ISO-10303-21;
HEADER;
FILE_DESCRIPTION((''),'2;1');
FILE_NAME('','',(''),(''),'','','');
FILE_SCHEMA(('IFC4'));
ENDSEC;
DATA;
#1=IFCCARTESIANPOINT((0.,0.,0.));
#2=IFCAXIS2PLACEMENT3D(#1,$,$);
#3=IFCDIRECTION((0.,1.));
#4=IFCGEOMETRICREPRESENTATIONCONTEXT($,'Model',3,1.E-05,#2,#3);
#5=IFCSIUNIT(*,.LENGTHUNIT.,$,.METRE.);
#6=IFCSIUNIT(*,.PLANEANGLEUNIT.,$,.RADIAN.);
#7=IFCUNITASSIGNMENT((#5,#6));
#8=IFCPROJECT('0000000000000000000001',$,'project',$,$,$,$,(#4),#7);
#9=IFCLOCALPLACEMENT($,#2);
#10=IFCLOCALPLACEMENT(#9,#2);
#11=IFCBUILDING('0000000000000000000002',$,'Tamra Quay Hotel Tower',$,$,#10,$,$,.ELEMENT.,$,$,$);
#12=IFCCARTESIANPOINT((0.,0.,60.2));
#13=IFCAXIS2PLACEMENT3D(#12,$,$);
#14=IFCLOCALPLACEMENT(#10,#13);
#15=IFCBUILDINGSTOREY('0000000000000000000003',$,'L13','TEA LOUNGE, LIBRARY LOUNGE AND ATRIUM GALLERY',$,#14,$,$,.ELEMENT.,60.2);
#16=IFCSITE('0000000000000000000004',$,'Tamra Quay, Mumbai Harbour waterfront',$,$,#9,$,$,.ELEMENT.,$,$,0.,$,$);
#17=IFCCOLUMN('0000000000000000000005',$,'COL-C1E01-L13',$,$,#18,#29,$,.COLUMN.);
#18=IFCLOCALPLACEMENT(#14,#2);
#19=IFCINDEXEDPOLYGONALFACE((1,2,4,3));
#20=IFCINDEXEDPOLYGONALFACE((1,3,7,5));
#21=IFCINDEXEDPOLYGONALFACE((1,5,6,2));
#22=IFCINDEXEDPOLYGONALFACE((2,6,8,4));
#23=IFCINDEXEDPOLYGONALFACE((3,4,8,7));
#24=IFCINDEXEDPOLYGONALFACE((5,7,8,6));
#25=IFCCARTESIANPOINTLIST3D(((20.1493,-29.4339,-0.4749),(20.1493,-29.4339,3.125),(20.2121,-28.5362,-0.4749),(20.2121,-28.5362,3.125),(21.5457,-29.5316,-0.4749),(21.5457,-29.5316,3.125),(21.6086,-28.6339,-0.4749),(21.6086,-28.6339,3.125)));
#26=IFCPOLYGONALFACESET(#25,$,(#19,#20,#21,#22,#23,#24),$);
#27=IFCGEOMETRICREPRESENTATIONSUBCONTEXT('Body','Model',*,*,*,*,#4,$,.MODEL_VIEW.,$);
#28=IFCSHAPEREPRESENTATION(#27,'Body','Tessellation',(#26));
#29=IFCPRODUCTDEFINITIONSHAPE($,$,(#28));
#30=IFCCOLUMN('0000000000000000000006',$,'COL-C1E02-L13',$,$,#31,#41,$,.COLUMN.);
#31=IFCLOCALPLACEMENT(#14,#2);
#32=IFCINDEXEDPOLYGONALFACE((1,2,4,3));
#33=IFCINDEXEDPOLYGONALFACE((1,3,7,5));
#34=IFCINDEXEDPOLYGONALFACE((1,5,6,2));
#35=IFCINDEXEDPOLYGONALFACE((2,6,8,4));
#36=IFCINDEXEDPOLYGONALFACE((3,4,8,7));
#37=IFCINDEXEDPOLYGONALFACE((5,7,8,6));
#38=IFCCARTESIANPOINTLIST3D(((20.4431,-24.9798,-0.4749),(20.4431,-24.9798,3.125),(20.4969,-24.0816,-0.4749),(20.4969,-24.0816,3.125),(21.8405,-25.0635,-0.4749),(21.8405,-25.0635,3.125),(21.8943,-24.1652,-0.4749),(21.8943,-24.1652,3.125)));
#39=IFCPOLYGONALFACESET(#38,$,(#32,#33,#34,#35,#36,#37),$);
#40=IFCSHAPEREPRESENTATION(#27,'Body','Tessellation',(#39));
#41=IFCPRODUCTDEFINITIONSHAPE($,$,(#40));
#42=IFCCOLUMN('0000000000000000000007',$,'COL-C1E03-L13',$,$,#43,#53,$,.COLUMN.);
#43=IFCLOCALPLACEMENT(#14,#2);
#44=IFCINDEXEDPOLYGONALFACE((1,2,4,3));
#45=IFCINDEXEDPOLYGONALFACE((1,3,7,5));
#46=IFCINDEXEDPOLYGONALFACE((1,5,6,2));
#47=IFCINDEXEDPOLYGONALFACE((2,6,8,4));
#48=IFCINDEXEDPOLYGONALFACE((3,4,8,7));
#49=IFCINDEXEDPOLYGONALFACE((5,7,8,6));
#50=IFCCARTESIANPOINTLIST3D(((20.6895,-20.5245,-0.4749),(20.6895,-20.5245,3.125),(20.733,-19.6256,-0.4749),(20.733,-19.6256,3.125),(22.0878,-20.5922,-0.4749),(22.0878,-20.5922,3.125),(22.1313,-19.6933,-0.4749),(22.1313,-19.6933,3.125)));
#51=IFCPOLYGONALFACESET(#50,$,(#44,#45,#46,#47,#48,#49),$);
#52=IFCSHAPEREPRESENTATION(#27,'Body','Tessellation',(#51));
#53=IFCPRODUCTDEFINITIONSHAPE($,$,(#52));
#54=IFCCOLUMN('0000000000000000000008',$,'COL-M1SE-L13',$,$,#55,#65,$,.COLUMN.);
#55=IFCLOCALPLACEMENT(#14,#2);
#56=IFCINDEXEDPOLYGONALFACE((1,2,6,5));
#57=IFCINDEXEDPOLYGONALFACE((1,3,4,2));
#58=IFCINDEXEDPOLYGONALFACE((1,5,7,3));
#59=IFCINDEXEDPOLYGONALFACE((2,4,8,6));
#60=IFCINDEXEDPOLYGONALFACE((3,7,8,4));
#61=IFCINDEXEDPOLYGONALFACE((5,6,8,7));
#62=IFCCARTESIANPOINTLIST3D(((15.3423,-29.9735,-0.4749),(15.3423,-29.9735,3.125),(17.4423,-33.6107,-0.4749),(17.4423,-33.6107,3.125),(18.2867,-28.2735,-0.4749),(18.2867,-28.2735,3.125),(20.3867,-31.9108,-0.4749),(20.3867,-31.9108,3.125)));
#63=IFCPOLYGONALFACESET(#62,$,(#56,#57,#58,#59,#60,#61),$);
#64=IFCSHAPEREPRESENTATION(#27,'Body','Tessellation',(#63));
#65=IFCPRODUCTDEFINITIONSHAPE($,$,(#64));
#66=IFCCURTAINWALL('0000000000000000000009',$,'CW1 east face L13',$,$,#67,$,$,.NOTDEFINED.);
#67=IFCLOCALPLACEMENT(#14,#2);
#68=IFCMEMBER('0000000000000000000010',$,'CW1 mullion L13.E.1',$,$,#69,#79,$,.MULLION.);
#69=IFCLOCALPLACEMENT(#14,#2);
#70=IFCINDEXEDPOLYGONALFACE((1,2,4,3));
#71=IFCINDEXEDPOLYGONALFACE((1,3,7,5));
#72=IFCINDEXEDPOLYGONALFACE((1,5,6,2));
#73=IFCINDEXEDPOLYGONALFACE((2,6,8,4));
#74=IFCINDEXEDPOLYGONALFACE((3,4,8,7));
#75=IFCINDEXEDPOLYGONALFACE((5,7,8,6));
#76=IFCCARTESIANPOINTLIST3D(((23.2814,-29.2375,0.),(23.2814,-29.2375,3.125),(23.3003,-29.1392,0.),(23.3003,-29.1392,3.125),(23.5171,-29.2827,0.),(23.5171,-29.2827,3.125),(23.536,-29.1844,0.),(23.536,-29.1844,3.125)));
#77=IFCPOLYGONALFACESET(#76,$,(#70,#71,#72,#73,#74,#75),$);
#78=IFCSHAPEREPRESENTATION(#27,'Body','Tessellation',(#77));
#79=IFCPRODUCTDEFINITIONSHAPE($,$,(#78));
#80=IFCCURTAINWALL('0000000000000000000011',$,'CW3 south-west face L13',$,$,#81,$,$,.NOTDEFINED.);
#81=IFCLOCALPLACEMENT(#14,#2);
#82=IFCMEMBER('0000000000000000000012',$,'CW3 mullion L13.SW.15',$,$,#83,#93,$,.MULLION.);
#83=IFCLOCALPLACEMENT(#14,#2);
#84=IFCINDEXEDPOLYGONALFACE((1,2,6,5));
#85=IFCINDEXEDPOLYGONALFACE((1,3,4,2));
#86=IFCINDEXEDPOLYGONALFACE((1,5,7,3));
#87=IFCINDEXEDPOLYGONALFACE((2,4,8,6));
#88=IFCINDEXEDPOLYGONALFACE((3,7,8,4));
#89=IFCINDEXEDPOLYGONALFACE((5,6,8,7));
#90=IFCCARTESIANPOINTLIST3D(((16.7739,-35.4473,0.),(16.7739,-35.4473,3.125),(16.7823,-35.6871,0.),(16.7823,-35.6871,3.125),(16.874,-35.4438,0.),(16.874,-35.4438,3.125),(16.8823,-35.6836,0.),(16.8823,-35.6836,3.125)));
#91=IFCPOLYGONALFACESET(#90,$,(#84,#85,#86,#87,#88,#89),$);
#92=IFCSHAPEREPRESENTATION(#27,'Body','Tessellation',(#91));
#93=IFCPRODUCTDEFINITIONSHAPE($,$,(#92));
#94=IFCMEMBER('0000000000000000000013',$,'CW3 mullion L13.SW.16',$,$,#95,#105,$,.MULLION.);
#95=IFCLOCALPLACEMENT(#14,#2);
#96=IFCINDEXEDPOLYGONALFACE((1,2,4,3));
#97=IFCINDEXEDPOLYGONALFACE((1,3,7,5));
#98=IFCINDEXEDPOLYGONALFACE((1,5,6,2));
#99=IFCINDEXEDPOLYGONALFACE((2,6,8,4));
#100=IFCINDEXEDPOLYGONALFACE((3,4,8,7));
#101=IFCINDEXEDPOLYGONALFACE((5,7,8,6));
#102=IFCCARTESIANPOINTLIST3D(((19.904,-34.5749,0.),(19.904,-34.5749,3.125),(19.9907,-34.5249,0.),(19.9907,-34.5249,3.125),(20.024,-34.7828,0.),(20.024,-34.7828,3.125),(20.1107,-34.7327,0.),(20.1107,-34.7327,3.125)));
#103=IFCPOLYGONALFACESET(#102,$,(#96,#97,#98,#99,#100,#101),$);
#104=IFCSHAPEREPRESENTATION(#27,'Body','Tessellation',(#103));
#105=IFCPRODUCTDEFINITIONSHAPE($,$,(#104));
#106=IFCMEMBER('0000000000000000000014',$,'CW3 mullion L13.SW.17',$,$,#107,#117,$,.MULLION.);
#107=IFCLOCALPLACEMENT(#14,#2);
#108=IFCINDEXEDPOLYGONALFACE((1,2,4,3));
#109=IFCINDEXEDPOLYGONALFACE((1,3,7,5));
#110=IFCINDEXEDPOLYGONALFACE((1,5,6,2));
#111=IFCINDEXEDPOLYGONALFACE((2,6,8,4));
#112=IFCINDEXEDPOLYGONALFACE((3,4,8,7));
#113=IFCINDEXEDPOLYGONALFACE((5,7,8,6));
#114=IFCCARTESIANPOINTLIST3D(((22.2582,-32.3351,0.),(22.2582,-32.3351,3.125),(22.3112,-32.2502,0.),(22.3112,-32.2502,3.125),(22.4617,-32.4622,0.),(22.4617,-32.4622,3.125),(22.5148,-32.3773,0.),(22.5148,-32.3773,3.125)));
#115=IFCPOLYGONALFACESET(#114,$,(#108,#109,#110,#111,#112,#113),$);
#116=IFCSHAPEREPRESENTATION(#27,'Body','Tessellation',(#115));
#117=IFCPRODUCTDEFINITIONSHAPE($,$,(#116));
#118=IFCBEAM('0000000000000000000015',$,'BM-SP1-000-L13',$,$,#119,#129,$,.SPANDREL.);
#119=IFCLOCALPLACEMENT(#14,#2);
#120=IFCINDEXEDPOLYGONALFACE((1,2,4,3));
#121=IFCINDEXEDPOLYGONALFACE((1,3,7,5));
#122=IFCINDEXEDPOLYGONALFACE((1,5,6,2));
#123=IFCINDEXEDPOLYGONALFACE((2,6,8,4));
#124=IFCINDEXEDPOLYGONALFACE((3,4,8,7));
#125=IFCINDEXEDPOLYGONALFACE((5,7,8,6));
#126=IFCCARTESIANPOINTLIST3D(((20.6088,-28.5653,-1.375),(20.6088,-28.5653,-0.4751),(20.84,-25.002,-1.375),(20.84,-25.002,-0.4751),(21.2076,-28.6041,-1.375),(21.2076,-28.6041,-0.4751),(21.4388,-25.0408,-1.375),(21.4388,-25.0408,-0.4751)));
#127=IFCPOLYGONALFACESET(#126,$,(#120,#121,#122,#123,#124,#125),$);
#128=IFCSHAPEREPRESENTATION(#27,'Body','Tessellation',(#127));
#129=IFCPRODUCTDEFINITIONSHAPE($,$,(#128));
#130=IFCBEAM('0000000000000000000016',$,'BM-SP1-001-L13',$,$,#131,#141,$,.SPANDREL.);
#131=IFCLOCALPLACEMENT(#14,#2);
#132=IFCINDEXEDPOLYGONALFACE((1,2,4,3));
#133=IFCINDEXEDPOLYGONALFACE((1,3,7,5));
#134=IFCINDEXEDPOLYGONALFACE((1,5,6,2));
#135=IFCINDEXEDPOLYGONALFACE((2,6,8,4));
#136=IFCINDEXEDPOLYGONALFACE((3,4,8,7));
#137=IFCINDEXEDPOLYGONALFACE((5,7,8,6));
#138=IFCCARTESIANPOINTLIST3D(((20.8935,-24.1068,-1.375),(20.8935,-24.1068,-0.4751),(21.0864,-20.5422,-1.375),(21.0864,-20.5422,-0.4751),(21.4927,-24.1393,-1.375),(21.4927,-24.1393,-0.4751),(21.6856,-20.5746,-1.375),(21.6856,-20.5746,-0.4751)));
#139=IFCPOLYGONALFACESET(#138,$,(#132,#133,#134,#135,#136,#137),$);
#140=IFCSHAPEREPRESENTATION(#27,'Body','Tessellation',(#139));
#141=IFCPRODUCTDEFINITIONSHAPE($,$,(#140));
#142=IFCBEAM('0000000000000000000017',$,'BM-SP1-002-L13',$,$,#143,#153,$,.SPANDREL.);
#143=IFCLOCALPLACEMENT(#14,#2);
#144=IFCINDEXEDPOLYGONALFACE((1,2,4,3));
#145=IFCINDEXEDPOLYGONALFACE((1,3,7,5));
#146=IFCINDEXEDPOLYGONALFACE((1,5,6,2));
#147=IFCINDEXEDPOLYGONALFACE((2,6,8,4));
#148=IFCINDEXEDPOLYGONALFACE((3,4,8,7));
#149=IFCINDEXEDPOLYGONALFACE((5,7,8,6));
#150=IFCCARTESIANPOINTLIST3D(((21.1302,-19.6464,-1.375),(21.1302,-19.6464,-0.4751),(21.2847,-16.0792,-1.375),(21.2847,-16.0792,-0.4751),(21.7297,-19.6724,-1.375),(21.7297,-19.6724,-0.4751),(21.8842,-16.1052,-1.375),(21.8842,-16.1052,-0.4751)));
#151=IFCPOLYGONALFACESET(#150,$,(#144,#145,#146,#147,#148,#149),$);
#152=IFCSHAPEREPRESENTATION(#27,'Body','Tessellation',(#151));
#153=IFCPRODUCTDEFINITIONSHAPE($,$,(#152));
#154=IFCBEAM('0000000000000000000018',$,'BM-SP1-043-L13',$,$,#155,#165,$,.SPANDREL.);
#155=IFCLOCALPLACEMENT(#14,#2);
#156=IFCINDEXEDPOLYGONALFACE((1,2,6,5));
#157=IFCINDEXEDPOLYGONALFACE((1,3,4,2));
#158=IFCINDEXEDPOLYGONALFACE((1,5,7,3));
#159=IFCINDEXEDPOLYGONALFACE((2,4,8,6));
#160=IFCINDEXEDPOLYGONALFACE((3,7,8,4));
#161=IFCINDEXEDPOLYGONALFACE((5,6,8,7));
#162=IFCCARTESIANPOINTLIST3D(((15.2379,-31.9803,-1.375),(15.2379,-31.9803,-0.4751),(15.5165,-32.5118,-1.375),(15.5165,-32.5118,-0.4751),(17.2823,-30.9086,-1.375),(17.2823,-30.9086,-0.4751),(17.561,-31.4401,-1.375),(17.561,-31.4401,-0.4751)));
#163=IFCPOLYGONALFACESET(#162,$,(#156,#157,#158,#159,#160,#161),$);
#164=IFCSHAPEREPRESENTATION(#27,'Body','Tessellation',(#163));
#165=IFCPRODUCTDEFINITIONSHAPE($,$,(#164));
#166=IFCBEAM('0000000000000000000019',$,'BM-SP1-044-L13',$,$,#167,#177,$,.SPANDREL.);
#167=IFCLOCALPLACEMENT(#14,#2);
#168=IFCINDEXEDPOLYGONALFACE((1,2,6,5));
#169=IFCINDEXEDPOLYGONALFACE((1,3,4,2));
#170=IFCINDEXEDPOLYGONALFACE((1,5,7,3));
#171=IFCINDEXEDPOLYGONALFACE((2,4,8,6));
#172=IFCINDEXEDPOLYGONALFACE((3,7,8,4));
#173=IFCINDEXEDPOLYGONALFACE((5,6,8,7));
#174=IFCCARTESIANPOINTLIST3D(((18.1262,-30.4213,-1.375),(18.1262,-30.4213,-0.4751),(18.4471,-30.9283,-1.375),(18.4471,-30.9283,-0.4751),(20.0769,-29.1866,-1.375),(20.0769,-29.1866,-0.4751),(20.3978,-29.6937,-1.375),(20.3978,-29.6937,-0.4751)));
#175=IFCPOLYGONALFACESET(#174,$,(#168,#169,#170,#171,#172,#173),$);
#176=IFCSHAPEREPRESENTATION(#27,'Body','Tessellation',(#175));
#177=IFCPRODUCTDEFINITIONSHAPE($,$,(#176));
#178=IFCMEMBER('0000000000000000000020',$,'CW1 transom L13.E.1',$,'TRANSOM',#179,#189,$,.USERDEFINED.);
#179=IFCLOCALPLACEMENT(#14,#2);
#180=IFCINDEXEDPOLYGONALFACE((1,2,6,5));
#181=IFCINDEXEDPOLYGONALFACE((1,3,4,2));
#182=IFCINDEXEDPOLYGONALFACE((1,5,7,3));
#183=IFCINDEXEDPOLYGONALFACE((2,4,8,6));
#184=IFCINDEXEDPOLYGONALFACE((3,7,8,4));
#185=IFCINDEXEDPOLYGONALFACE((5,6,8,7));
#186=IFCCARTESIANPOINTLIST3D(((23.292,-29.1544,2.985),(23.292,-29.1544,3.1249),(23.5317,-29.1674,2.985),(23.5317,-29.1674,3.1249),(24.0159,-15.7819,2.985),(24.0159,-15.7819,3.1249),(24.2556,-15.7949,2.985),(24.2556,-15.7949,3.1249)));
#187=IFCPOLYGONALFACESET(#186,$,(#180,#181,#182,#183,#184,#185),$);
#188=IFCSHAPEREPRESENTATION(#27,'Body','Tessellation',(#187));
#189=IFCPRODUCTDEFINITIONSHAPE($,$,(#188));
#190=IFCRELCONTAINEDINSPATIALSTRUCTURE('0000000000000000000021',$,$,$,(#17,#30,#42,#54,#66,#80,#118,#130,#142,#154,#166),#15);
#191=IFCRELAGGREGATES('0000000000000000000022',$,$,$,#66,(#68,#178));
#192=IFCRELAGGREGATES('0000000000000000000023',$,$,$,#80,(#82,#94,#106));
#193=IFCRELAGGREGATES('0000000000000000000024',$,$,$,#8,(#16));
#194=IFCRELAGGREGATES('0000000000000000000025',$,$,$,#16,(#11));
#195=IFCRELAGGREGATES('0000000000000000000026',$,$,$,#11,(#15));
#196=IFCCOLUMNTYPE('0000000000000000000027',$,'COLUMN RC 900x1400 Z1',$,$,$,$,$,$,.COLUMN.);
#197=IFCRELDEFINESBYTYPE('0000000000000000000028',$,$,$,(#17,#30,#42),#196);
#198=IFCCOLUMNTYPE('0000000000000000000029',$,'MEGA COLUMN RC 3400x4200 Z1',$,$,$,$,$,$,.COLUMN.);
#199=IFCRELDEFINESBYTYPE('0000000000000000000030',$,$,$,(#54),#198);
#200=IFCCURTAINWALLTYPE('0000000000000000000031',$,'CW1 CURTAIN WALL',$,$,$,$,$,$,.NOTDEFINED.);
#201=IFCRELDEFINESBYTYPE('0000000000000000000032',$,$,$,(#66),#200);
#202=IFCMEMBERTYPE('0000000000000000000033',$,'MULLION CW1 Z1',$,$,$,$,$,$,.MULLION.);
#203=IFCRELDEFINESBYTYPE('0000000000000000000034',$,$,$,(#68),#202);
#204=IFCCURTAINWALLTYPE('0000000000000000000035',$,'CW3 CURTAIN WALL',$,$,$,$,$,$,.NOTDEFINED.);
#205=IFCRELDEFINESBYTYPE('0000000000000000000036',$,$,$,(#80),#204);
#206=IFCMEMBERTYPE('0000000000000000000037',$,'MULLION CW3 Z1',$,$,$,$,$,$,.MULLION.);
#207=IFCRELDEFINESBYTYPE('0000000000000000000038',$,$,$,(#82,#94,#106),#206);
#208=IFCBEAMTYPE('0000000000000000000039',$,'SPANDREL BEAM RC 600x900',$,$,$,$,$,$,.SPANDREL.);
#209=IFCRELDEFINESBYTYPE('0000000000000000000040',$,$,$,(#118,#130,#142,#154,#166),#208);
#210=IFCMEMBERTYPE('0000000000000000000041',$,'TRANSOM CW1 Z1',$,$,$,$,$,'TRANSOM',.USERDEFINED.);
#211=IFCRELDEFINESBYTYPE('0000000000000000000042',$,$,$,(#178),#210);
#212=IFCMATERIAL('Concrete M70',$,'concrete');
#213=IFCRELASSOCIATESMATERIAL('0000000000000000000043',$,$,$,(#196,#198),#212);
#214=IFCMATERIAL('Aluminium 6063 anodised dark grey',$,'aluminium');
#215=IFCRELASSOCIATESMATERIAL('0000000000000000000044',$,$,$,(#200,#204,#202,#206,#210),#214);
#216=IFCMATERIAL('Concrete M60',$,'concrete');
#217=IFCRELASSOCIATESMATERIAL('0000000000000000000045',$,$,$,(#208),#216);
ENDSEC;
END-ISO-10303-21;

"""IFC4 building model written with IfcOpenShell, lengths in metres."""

from ifc_helpers import new_model, si_unit, direction, frame, origin, origin_2d, place, context, subcontext, project, spatial, rectangle, extrude, material, material_profile, profile_set, type_object, element, aggregate, save


model = new_model("IFC4")

# Units and contexts
model_context = context("Model", 3, precision=1e-05, world=origin(), true_north=direction((0.0, 1.0)))
body_context = subcontext(model_context, "Body", "Model", "MODEL_VIEW")
ifc_project = project(units=[si_unit("LENGTHUNIT", "METRE"), si_unit("PLANEANGLEUNIT", "RADIAN")], contexts=[model_context])

# Site, building, storey
site_placement = place(None, origin())
site = spatial("IfcSite", under=ifc_project, at=site_placement, Name="Tamra Quay, Mumbai Harbour waterfront", CompositionType="ELEMENT", RefElevation=0.0)
building_placement = place(site_placement, origin())
building = spatial("IfcBuilding", under=site, at=building_placement, Name="Tamra Quay Hotel Tower", CompositionType="ELEMENT")
storey_placement = place(building_placement, frame((0.0, 0.0, 60.2)))
storey = spatial("IfcBuildingStorey", under=building, at=storey_placement, Name="L13", Description="TEA LOUNGE, LIBRARY LOUNGE AND ATRIUM GALLERY", CompositionType="ELEMENT", Elevation=60.2)

# Columns
ifc_material_1 = material(Name="Concrete M70", Category="concrete")
ifc_material_profile_1 = material_profile(ifc_material_1, rectangle(XDim=1.3999, YDim=0.8999, at=origin_2d()), Name="COLUMN RC 900x1400 Z1")
ifc_profile_set_1 = profile_set([ifc_material_profile_1], Name="Concrete M70")
column_type_1 = type_object("IfcColumnType", Name="COLUMN RC 900x1400 Z1", PredefinedType="COLUMN", material=ifc_profile_set_1)
for number, where, z_axis, x_axis, name in (
    (1, (20.8789, -29.0339, -0.4749), (0.0, 0.0, 1.0), (-0.997562, 0.06979, 0.0), "COL-C1E01-L13"),
    (2, (21.1687, -24.5725, -0.4749), (0.0, 0.0, 1.0), (-0.998214, 0.059733, 0.0), "COL-C1E02-L13"),
    (3, (21.4104, -20.1089, -0.4749), (0.0, 0.0, 1.0), (-0.998831, 0.048344, 0.0), "COL-C1E03-L13"),
):
    element("IfcColumn", number, at=place(storey_placement, frame(where, z_axis=z_axis, x_axis=x_axis)), inside=storey, type_object=column_type_1, Name=name, PredefinedType="COLUMN", context=body_context, shape_type="SweptSolid", body=[
        extrude(rectangle(XDim=1.3999, YDim=0.8999, at=origin_2d()), origin(), (0.0, 0.0, 1.0), 3.5999),
    ])
ifc_material_profile_2 = material_profile(ifc_material_1, rectangle(XDim=4.2, YDim=3.3999, at=origin_2d()), Name="MEGA COLUMN RC 3400x4200 Z1")
ifc_profile_set_2 = profile_set([ifc_material_profile_2], Name="Concrete M70")
column_type_2 = type_object("IfcColumnType", Name="MEGA COLUMN RC 3400x4200 Z1", PredefinedType="COLUMN", material=ifc_profile_set_2)
column_placement = place(storey_placement, frame((17.8645, -30.9421, -0.4749), z_axis=(0.0, 0.0, 1.0), x_axis=(-0.5, 0.866025, 0.0)))
element("IfcColumn", 4, at=column_placement, inside=storey, type_object=column_type_2, Name="COL-M1SE-L13", PredefinedType="COLUMN", context=body_context, shape_type="SweptSolid", body=[
    extrude(rectangle(XDim=4.2, YDim=3.3999, at=origin_2d()), origin(), (0.0, 0.0, 1.0), 3.5999),
])

# Curtain wall, member
ifc_material_2 = material(Name="Aluminium 6063 anodised dark grey", Category="aluminium")
curtain_wall_type_1 = type_object("IfcCurtainWallType", Name="CW1 CURTAIN WALL", PredefinedType="NOTDEFINED", material=ifc_material_2)
curtain_wall_1_placement = place(storey_placement, origin())
curtain_wall_1 = element("IfcCurtainWall", 5, at=curtain_wall_1_placement, inside=storey, type_object=curtain_wall_type_1, Name="CW1 east face L13", PredefinedType="NOTDEFINED")
ifc_material_profile_3 = material_profile(ifc_material_2, rectangle(XDim=0.24, YDim=0.1001, at=origin_2d()), Name="MULLION 100X240")
ifc_profile_set_3 = profile_set([ifc_material_profile_3], Name="Aluminium 6063 anodised dark grey")
member_type_1 = type_object("IfcMemberType", Name="MULLION CW1 Z1", PredefinedType="MULLION", material=ifc_profile_set_3)
member_1_placement = place(storey_placement, frame((23.4087, -29.2109, 0.0), z_axis=(0.0, 0.0, 1.0), x_axis=(0.982095, -0.188389, 0.0)))
member_1 = element("IfcMember", 6, at=member_1_placement, type_object=member_type_1, Name="CW1 mullion L13.E.1", PredefinedType="MULLION", context=body_context, shape_type="SweptSolid", body=[
    extrude(rectangle(XDim=0.24, YDim=0.1001, at=origin_2d()), origin(), (0.0, 0.0, 1.0), 3.125),
])

# Curtain wall, members
curtain_wall_type_2 = type_object("IfcCurtainWallType", Name="CW3 CURTAIN WALL", PredefinedType="NOTDEFINED", material=ifc_material_2)
curtain_wall_2_placement = place(storey_placement, origin())
curtain_wall_2 = element("IfcCurtainWall", 7, at=curtain_wall_2_placement, inside=storey, type_object=curtain_wall_type_2, Name="CW3 south-west face L13", PredefinedType="NOTDEFINED")
ifc_material_profile_4 = material_profile(ifc_material_2, rectangle(XDim=0.24, YDim=0.1001, at=origin_2d()), Name="MULLION 100X240")
ifc_profile_set_4 = profile_set([ifc_material_profile_4], Name="Aluminium 6063 anodised dark grey")
member_type_2 = type_object("IfcMemberType", Name="MULLION CW3 Z1", PredefinedType="MULLION", material=ifc_profile_set_4)
member_2_placement = place(storey_placement, frame((16.8281, -35.5654, 0.0), z_axis=(0.0, 0.0, 1.0), x_axis=(0.034916, -0.99939, 0.0)))
member_2 = element("IfcMember", 8, at=member_2_placement, type_object=member_type_2, Name="CW3 mullion L13.SW.15", PredefinedType="MULLION", context=body_context, shape_type="SweptSolid", body=[
    extrude(rectangle(XDim=0.24, YDim=0.1001, at=origin_2d()), origin(), (0.0, 0.0, 1.0), 3.125),
])
member_3_placement = place(storey_placement, frame((20.0073, -34.6538, 0.0), z_axis=(0.0, 0.0, 1.0), x_axis=(0.5, -0.866025, 0.0)))
member_3 = element("IfcMember", 9, at=member_3_placement, type_object=member_type_2, Name="CW3 mullion L13.SW.16", PredefinedType="MULLION", context=body_context, shape_type="SweptSolid", body=[
    extrude(rectangle(XDim=0.24, YDim=0.1001, at=origin_2d()), origin(), (0.0, 0.0, 1.0), 3.125),
])
member_4_placement = place(storey_placement, frame((22.3865, -32.3562, 0.0), z_axis=(0.0, 0.0, 1.0), x_axis=(0.848039, -0.529933, 0.0)))
member_4 = element("IfcMember", 10, at=member_4_placement, type_object=member_type_2, Name="CW3 mullion L13.SW.17", PredefinedType="MULLION", context=body_context, shape_type="SweptSolid", body=[
    extrude(rectangle(XDim=0.24, YDim=0.1001, at=origin_2d()), origin(), (0.0, 0.0, 1.0), 3.125),
])

# Beams
ifc_material_3 = material(Name="Concrete M60", Category="concrete")
ifc_material_profile_5 = material_profile(ifc_material_3, rectangle(XDim=0.6001, YDim=0.8999, at=origin_2d()), Name="SPANDREL BEAM RC 600x900")
ifc_profile_set_5 = profile_set([ifc_material_profile_5], Name="Concrete M60")
beam_type = type_object("IfcBeamType", Name="SPANDREL BEAM RC 600x900", PredefinedType="SPANDREL", material=ifc_profile_set_5)
beam_1_placement = place(storey_placement, frame((20.9082, -28.5847, -0.925), z_axis=(0.064749, 0.997902, 0.0), x_axis=(-0.997902, 0.064749, 0.0)))
element("IfcBeam", 11, at=beam_1_placement, inside=storey, type_object=beam_type, Name="BM-SP1-000-L13", PredefinedType="SPANDREL", context=body_context, shape_type="SweptSolid", body=[
    extrude(rectangle(XDim=0.6001, YDim=0.8999, at=origin_2d()), origin(), (0.0, 0.0, 1.0), 3.5708),
])
beam_2_placement = place(storey_placement, frame((21.1931, -24.123, -0.925), z_axis=(0.054027, 0.998539, 0.0), x_axis=(-0.998539, 0.054027, 0.0)))
element("IfcBeam", 12, at=beam_2_placement, inside=storey, type_object=beam_type, Name="BM-SP1-001-L13", PredefinedType="SPANDREL", context=body_context, shape_type="SweptSolid", body=[
    extrude(rectangle(XDim=0.6001, YDim=0.8999, at=origin_2d()), origin(), (0.0, 0.0, 1.0), 3.5698),
])
beam_3_placement = place(storey_placement, frame((21.4299, -19.6594, -0.925), z_axis=(0.043283, 0.999063, 0.0), x_axis=(-0.999063, 0.043283, 0.0)))
element("IfcBeam", 13, at=beam_3_placement, inside=storey, type_object=beam_type, Name="BM-SP1-002-L13", PredefinedType="SPANDREL", context=body_context, shape_type="SweptSolid", body=[
    extrude(rectangle(XDim=0.6001, YDim=0.8999, at=origin_2d()), origin(), (0.0, 0.0, 1.0), 3.5706),
])
beam_4_placement = place(storey_placement, frame((15.3772, -32.2461, -0.925), z_axis=(0.885674, 0.464307, 0.0), x_axis=(-0.464307, 0.885674, 0.0)))
element("IfcBeam", 14, at=beam_4_placement, inside=storey, type_object=beam_type, Name="BM-SP1-043-L13", PredefinedType="SPANDREL", context=body_context, shape_type="SweptSolid", body=[
    extrude(rectangle(XDim=0.6001, YDim=0.8999, at=origin_2d()), origin(), (0.0, 0.0, 1.0), 2.3083),
])
beam_5_placement = place(storey_placement, frame((18.2866, -30.6748, -0.925), z_axis=(0.844978, 0.5348, 0.0), x_axis=(-0.5348, 0.844978, 0.0)))
element("IfcBeam", 15, at=beam_5_placement, inside=storey, type_object=beam_type, Name="BM-SP1-044-L13", PredefinedType="SPANDREL", context=body_context, shape_type="SweptSolid", body=[
    extrude(rectangle(XDim=0.6001, YDim=0.8999, at=origin_2d()), origin(), (0.0, 0.0, 1.0), 2.3086),
])

# Member
ifc_material_profile_6 = material_profile(ifc_material_2, rectangle(XDim=0.24, YDim=0.1399, at=origin_2d()), Name="TRANSOM 240X140")
ifc_profile_set_6 = profile_set([ifc_material_profile_6], Name="Aluminium 6063 anodised dark grey")
member_type_3 = type_object("IfcMemberType", Name="TRANSOM CW1 Z1", ElementType="TRANSOM", PredefinedType="USERDEFINED", material=ifc_profile_set_6)
member_5_placement = place(storey_placement, frame((23.4119, -29.1609, 3.0549), z_axis=(0.054052, 0.998538, 0.0), x_axis=(-0.998538, 0.054052, 0.0)))
member_5 = element("IfcMember", 16, at=member_5_placement, type_object=member_type_3, Name="CW1 transom L13.E.1", ObjectType="TRANSOM", PredefinedType="USERDEFINED", context=body_context, shape_type="SweptSolid", body=[
    extrude(rectangle(XDim=0.24, YDim=0.1399, at=origin_2d()), origin(), (0.0, 0.0, 1.0), 13.3921),
])

aggregate(curtain_wall_1, [member_1, member_5])
aggregate(curtain_wall_2, [member_2, member_3, member_4])

save(model, "model.ifc")
